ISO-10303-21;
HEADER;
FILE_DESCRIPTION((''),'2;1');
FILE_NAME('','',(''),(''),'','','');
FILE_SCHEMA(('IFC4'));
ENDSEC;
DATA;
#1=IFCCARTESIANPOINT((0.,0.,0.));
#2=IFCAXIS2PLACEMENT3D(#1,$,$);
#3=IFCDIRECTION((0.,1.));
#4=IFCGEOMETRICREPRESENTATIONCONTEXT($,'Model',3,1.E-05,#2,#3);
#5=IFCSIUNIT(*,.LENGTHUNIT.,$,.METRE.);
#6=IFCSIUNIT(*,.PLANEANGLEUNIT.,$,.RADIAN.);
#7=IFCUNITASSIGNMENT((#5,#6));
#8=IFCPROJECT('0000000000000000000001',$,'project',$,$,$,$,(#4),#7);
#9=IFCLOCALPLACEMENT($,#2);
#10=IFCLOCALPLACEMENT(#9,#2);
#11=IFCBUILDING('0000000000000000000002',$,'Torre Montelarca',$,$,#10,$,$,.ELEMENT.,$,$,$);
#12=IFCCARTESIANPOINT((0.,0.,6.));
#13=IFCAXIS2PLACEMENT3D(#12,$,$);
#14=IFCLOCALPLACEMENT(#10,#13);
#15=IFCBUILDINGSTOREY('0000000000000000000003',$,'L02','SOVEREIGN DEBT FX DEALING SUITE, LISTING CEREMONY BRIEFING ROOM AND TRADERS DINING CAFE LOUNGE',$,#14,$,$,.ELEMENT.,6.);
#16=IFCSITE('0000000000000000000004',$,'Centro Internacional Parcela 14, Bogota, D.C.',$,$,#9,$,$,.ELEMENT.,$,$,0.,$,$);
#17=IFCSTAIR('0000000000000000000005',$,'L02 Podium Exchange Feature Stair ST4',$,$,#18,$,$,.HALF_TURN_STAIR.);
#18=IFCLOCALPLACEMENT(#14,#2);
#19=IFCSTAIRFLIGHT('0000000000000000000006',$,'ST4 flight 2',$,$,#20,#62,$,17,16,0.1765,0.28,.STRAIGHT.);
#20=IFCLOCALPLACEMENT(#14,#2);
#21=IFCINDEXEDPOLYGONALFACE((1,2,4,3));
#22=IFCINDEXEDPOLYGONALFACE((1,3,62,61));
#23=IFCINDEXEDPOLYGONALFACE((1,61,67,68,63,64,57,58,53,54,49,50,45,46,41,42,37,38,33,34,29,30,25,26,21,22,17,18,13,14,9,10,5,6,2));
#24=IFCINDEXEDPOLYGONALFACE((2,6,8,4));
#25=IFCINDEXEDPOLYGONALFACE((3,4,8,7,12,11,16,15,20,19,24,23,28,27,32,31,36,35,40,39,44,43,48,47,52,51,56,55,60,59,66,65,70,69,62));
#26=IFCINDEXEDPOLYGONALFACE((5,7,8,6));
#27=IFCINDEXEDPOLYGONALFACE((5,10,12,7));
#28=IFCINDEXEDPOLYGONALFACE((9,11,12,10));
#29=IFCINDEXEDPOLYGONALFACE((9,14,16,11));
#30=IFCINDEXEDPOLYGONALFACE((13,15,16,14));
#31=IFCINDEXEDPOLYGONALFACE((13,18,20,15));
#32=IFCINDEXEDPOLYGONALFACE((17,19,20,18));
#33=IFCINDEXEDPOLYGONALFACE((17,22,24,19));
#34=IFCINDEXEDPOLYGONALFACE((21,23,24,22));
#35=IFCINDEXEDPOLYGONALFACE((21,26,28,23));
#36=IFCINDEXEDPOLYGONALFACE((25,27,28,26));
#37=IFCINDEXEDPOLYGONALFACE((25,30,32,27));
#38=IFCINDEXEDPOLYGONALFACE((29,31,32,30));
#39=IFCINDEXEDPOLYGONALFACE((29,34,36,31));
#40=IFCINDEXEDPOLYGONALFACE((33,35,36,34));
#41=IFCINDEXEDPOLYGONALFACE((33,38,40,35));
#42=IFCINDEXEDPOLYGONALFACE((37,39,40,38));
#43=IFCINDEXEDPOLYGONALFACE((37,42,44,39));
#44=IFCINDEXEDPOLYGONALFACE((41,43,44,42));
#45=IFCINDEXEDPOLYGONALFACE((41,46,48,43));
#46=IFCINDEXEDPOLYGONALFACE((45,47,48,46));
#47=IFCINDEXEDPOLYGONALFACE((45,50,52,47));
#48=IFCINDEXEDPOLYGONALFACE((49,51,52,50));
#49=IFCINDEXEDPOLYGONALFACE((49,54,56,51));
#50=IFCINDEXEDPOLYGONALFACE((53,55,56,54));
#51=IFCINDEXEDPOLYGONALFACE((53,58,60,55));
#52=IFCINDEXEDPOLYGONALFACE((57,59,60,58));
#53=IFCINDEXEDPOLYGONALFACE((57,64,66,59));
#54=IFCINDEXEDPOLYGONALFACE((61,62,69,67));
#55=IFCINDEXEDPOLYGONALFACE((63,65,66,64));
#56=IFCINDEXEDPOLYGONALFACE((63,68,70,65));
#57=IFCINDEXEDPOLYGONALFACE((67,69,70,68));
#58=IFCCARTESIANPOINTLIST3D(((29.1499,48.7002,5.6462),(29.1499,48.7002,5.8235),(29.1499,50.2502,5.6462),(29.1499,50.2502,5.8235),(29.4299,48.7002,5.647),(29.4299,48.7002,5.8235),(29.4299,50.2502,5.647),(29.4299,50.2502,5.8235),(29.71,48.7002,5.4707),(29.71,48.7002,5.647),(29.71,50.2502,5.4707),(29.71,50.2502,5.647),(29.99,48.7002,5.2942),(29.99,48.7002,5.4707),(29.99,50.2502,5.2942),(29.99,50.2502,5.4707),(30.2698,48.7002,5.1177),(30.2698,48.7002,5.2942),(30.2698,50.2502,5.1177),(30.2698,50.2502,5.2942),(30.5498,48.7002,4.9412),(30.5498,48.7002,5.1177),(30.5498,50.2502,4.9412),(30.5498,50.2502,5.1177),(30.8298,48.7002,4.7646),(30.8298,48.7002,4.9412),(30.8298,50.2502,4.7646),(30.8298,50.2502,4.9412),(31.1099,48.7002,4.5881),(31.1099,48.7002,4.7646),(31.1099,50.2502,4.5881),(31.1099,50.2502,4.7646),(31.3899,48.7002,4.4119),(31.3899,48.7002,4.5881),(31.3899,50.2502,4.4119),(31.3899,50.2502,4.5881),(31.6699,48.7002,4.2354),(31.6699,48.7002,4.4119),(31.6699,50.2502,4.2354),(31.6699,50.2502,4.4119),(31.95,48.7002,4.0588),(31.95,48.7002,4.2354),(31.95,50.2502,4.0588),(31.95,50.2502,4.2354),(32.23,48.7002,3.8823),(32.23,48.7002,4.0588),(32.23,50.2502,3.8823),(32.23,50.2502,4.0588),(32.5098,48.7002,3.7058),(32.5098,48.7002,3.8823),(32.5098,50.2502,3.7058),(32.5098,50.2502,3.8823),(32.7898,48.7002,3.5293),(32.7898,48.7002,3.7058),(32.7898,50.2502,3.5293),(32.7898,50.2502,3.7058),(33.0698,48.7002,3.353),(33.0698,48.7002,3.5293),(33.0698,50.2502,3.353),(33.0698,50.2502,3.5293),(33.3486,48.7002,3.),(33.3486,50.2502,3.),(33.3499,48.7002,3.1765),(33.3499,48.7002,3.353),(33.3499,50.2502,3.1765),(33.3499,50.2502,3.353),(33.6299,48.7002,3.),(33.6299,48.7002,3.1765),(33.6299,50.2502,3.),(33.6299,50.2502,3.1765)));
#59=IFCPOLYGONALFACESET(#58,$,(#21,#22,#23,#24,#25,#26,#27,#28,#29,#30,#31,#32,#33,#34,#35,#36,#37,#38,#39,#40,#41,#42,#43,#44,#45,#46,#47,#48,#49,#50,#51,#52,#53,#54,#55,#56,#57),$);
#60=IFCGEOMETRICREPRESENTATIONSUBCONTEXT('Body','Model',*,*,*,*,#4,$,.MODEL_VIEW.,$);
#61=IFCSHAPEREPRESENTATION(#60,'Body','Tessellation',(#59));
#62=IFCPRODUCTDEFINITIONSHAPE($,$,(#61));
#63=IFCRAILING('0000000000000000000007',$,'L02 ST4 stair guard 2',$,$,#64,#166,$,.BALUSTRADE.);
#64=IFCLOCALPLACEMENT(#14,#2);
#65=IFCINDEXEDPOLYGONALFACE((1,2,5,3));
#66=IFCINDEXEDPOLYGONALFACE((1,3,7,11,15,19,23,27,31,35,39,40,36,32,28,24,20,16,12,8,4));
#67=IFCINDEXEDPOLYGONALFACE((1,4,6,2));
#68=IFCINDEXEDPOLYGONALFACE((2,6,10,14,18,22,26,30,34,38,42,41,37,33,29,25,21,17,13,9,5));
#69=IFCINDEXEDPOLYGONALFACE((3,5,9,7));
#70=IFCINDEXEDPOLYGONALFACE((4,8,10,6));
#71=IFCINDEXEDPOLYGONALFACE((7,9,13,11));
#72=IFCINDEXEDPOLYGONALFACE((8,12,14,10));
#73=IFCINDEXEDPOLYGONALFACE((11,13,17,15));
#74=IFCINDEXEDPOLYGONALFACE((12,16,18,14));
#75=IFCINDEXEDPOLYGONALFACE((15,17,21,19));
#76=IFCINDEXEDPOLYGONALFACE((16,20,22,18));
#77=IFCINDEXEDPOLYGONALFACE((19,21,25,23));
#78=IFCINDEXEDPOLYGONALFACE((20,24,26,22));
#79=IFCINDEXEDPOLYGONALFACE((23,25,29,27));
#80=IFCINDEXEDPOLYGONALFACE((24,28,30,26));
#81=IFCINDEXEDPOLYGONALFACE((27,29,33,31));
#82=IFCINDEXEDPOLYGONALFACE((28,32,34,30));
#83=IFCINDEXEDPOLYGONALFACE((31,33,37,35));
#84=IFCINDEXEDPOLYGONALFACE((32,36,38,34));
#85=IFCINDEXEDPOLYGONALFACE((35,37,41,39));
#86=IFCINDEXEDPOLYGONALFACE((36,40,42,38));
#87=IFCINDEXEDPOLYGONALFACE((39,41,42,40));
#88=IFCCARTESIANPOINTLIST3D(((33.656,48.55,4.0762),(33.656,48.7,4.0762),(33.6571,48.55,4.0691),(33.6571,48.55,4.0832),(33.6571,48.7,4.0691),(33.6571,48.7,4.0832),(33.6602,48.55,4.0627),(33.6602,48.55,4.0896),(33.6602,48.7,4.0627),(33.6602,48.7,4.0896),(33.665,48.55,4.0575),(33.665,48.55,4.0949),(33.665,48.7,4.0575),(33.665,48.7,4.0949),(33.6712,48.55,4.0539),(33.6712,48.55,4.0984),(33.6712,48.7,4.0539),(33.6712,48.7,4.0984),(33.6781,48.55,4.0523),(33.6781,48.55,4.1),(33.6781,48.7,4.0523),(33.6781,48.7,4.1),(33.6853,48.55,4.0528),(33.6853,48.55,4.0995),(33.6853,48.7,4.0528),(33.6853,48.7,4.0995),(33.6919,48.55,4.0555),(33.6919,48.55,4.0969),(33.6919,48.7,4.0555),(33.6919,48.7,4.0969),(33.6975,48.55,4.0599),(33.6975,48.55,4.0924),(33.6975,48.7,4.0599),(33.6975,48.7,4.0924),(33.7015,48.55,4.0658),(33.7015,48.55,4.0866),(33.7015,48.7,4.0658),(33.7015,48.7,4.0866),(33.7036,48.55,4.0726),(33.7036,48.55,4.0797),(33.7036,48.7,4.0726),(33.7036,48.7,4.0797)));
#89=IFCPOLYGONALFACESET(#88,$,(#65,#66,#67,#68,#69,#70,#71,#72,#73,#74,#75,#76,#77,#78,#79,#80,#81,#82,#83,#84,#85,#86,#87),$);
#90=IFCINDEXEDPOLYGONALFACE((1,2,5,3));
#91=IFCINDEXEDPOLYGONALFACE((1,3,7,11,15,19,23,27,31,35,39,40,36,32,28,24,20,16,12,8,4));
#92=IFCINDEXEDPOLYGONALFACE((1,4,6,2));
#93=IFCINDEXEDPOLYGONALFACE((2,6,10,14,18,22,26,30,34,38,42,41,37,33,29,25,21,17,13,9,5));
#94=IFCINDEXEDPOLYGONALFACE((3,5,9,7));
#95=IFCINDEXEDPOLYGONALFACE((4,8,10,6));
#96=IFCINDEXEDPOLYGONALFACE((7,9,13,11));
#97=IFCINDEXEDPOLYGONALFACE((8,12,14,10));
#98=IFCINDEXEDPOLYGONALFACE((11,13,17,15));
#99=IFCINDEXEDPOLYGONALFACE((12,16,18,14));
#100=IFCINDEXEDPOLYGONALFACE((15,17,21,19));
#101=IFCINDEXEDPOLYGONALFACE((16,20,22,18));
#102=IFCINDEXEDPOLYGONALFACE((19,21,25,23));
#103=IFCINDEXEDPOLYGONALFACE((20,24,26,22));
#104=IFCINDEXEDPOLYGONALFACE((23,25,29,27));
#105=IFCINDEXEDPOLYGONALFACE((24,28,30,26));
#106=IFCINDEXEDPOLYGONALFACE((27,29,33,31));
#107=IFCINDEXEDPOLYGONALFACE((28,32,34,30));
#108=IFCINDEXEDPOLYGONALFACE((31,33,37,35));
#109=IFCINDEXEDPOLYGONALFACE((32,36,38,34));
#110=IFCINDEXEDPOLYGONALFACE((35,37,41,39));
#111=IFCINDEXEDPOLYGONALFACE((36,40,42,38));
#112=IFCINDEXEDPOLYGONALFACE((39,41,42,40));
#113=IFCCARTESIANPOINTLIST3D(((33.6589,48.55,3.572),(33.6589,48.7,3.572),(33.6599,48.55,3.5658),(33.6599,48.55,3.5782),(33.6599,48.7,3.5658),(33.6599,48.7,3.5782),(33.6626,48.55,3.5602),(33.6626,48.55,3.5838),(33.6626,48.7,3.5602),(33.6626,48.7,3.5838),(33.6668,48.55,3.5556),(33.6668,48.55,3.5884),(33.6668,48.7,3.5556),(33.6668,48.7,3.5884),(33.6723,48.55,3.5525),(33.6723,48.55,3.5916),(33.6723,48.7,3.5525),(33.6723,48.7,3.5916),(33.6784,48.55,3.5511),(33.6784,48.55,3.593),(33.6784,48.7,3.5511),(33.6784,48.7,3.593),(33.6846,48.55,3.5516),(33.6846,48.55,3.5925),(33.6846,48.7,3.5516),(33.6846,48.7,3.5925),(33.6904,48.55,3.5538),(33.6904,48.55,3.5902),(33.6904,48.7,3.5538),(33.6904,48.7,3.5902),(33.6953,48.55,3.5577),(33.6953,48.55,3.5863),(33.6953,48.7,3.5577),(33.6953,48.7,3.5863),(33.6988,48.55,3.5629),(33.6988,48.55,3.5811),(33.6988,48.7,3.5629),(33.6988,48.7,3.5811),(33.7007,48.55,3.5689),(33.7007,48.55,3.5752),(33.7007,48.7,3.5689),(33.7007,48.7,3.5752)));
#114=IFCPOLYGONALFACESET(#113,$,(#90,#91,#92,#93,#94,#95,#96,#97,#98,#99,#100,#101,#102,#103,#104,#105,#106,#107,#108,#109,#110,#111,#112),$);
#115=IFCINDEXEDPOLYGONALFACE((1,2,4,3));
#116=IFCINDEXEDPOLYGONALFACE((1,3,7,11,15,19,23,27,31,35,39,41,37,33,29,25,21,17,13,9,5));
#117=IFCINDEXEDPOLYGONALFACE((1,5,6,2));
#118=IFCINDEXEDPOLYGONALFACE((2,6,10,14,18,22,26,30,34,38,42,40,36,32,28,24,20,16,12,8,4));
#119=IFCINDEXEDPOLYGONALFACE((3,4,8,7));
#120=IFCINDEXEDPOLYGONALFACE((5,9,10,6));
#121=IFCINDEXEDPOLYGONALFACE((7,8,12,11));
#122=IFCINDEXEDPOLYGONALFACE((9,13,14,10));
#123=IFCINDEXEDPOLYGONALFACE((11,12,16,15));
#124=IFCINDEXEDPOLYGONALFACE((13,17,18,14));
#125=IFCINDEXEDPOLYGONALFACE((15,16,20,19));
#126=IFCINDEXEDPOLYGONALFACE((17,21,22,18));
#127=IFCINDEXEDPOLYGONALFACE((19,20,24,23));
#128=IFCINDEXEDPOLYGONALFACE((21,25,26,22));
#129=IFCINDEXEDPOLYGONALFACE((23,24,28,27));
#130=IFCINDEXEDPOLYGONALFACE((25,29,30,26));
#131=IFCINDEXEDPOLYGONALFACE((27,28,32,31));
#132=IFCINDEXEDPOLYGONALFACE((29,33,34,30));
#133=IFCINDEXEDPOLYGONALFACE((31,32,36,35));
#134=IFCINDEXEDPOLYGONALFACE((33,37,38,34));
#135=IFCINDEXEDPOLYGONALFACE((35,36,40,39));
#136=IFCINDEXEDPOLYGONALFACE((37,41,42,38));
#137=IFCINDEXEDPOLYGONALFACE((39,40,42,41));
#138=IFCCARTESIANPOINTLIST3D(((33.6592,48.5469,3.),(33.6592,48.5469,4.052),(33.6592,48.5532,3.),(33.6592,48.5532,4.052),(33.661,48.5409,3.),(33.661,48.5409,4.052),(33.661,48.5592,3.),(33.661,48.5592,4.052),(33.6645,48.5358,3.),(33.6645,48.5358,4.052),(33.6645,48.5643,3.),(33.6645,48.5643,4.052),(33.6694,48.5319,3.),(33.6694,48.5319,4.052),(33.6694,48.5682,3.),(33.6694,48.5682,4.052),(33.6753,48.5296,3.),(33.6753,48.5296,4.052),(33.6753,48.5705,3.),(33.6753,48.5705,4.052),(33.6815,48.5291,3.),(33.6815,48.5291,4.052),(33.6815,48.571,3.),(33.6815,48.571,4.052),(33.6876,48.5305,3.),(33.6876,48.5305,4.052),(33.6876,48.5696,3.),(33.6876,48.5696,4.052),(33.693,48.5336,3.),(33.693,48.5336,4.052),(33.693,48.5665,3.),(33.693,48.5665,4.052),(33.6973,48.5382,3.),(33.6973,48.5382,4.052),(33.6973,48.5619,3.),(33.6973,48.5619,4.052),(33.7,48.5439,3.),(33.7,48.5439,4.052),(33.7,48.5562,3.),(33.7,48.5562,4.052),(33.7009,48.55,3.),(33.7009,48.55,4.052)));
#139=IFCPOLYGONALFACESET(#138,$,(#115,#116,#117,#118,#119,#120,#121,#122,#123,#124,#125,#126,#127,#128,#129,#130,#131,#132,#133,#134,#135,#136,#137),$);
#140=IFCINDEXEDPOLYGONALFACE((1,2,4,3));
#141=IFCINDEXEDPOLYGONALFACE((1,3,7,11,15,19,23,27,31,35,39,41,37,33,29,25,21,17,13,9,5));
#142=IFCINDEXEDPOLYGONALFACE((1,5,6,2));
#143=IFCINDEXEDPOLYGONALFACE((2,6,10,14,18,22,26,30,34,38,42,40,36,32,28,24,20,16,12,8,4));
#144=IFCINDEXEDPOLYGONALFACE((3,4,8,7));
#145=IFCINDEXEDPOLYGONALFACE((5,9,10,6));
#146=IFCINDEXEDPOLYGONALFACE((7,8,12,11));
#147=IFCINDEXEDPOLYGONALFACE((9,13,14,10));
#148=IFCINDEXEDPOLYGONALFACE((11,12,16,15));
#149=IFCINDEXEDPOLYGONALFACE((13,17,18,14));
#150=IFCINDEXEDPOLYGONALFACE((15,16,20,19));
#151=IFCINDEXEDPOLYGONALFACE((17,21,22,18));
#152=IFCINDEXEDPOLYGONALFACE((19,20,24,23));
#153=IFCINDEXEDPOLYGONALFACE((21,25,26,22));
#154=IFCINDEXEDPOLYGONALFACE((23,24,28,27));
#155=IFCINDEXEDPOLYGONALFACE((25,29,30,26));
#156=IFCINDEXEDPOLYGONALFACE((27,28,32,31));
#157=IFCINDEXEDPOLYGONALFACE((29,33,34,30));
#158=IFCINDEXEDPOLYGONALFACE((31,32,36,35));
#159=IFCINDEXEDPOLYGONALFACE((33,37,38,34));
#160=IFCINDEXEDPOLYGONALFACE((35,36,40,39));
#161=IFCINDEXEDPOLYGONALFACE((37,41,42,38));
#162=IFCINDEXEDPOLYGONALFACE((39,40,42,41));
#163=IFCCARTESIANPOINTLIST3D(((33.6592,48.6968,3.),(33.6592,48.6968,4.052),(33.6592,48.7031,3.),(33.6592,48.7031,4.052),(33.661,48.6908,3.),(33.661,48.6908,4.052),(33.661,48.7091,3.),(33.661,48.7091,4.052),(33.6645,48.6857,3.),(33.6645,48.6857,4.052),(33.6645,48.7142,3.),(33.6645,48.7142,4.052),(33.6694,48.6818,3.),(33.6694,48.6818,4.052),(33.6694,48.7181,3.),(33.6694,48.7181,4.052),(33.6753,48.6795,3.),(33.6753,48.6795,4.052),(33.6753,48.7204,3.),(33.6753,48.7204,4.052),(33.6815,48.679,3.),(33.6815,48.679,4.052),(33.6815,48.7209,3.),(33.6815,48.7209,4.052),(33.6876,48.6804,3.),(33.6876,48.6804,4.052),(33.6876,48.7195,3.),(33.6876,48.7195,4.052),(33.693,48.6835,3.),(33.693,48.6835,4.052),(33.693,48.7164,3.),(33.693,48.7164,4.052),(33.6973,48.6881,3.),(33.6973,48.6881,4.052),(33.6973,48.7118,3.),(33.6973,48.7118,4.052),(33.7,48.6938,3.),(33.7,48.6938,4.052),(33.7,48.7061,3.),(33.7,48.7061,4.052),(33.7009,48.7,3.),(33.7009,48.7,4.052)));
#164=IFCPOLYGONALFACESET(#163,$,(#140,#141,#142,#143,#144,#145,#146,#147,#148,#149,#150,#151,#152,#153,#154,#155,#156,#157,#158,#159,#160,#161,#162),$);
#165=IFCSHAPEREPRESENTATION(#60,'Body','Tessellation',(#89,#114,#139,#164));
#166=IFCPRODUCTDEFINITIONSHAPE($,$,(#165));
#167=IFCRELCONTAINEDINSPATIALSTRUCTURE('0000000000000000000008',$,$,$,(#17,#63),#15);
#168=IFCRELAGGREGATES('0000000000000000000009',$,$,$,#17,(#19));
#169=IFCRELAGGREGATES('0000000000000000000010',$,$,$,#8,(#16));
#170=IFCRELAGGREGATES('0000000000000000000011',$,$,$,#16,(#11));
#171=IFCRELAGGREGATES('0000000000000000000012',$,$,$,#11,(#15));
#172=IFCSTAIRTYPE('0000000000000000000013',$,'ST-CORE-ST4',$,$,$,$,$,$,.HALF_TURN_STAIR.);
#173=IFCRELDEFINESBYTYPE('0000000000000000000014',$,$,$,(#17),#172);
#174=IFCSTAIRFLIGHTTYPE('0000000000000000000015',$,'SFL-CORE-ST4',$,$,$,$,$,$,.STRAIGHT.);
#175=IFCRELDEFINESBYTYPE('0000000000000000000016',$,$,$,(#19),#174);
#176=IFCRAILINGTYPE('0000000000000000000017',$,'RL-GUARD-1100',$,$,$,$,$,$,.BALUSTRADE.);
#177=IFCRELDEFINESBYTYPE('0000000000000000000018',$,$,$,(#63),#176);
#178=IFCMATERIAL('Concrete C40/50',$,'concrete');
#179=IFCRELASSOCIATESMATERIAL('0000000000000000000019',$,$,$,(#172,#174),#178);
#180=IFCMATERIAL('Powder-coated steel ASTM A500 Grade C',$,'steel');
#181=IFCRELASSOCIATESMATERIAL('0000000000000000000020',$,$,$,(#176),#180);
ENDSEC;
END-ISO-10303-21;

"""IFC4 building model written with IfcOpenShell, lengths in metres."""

from ifc_helpers import new_model, si_unit, direction, frame, origin, origin_2d, place, context, subcontext, project, spatial, polyline, circle, outline, extrude, material, type_object, element, aggregate, save


model = new_model("IFC4")

# Units and contexts
model_context = context("Model", 3, precision=1e-05, world=origin(), true_north=direction((0.0, 1.0)))
body_context = subcontext(model_context, "Body", "Model", "MODEL_VIEW")
ifc_project = project(units=[si_unit("LENGTHUNIT", "METRE"), si_unit("PLANEANGLEUNIT", "RADIAN")], contexts=[model_context])

# Site, building, storey
site_placement = place(None, origin())
site = spatial("IfcSite", under=ifc_project, at=site_placement, Name="Centro Internacional Parcela 14, Bogota, D.C.", CompositionType="ELEMENT", RefElevation=0.0)
building_placement = place(site_placement, origin())
building = spatial("IfcBuilding", under=site, at=building_placement, Name="Torre Montelarca", CompositionType="ELEMENT")
storey_placement = place(building_placement, frame((0.0, 0.0, 6.0)))
storey = spatial("IfcBuildingStorey", under=building, at=storey_placement, Name="L02", Description="SOVEREIGN DEBT FX DEALING SUITE, LISTING CEREMONY BRIEFING ROOM AND TRADERS DINING CAFE LOUNGE", CompositionType="ELEMENT", Elevation=6.0)

# Shared definitions
ifc_material_1 = material(Name="Concrete C40/50", Category="concrete")

# Stair, stair flight
stair_type = type_object("IfcStairType", Name="ST-CORE-ST4", PredefinedType="HALF_TURN_STAIR", material=ifc_material_1)
stair_placement = place(storey_placement, origin())
stair = element("IfcStair", 1, at=stair_placement, inside=storey, type_object=stair_type, Name="L02 Podium Exchange Feature Stair ST4", PredefinedType="HALF_TURN_STAIR")
stair_flight_type = type_object("IfcStairFlightType", Name="SFL-CORE-ST4", PredefinedType="STRAIGHT", material=ifc_material_1)
stair_flight_1_placement = place(storey_placement, frame((33.6299, 49.4751, 3.0), z_axis=(0.0, 0.0, 1.0), x_axis=(-1.0, 0.0, 0.0)))
stair_flight_1 = element("IfcStairFlight", 2, at=stair_flight_1_placement, type_object=stair_flight_type, Name="ST4 flight 2", NumberOfRisers=17, NumberOfTreads=16, PredefinedType="STRAIGHT", RiserHeight=0.1765, TreadLength=0.28, context=body_context, shape_type="SweptSolid", body=[
    extrude(outline(polyline([(0.0, 0.0), (0.0, 0.1765), (0.28, 0.1765), (0.28, 0.353), (0.5601, 0.353), (0.5601, 0.5293), (0.8401, 0.5293), (0.8401, 0.7058), (1.1201, 0.7058), (1.1201, 0.8823), (1.3999, 0.8823), (1.3999, 1.0588), (1.6799, 1.0588), (1.6799, 1.2354), (1.96, 1.2354), (1.96, 1.4119), (2.24, 1.4119), (2.24, 1.5881), (2.52, 1.5881), (2.52, 1.7646), (2.8, 1.7646), (2.8, 1.9412), (3.0801, 1.9412), (3.0801, 2.1177), (3.3601, 2.1177), (3.3601, 2.2942), (3.6399, 2.2942), (3.6399, 2.4707), (3.9199, 2.4707), (3.9199, 2.647), (4.2, 2.647), (4.2, 2.8235), (4.48, 2.8235), (4.48, 3.0), (4.48, 2.6462), (0.2812, 0.0), (0.0, 0.0)])), frame((0.0, 0.7749, 0.0), z_axis=(0.0, -1.0, 0.0), x_axis=(1.0, 0.0, 0.0)), (0.0, 0.0, 1.0), 1.55),
])
aggregate(stair, [stair_flight_1])

# Railing
ifc_material_2 = material(Name="Powder-coated steel ASTM A500 Grade C", Category="steel")
railing_type_1 = type_object("IfcRailingType", Name="RL-GUARD-1100", PredefinedType="BALUSTRADE", material=ifc_material_2)
railing_1_placement = place(storey_placement, frame((33.6799, 48.55, 3.0)))
element("IfcRailing", 3, at=railing_1_placement, inside=storey, type_object=railing_type_1, Name="L02 ST4 stair guard 2", PredefinedType="BALUSTRADE", context=body_context, shape_type="SweptSolid", body=[
    extrude(circle(Radius=0.0239, at=origin_2d()), frame((0.0, 0.0, 1.0762), z_axis=(0.0, 1.0, 0.0), x_axis=(-1.0, 0.0, 0.0)), (0.0, 0.0, 1.0), 0.1499),
    extrude(circle(Radius=0.021, at=origin_2d()), frame((0.0, 0.0, 0.572), z_axis=(0.0, 1.0, 0.0), x_axis=(-1.0, 0.0, 0.0)), (0.0, 0.0, 1.0), 0.1499),
    extrude(circle(Radius=0.021, at=origin_2d()), origin(), (0.0, 0.0, 1.0), 1.052),
    extrude(circle(Radius=0.021, at=origin_2d()), frame((0.0, 0.1499, 0.0)), (0.0, 0.0, 1.0), 1.052),
])

save(model, "model.ifc")
